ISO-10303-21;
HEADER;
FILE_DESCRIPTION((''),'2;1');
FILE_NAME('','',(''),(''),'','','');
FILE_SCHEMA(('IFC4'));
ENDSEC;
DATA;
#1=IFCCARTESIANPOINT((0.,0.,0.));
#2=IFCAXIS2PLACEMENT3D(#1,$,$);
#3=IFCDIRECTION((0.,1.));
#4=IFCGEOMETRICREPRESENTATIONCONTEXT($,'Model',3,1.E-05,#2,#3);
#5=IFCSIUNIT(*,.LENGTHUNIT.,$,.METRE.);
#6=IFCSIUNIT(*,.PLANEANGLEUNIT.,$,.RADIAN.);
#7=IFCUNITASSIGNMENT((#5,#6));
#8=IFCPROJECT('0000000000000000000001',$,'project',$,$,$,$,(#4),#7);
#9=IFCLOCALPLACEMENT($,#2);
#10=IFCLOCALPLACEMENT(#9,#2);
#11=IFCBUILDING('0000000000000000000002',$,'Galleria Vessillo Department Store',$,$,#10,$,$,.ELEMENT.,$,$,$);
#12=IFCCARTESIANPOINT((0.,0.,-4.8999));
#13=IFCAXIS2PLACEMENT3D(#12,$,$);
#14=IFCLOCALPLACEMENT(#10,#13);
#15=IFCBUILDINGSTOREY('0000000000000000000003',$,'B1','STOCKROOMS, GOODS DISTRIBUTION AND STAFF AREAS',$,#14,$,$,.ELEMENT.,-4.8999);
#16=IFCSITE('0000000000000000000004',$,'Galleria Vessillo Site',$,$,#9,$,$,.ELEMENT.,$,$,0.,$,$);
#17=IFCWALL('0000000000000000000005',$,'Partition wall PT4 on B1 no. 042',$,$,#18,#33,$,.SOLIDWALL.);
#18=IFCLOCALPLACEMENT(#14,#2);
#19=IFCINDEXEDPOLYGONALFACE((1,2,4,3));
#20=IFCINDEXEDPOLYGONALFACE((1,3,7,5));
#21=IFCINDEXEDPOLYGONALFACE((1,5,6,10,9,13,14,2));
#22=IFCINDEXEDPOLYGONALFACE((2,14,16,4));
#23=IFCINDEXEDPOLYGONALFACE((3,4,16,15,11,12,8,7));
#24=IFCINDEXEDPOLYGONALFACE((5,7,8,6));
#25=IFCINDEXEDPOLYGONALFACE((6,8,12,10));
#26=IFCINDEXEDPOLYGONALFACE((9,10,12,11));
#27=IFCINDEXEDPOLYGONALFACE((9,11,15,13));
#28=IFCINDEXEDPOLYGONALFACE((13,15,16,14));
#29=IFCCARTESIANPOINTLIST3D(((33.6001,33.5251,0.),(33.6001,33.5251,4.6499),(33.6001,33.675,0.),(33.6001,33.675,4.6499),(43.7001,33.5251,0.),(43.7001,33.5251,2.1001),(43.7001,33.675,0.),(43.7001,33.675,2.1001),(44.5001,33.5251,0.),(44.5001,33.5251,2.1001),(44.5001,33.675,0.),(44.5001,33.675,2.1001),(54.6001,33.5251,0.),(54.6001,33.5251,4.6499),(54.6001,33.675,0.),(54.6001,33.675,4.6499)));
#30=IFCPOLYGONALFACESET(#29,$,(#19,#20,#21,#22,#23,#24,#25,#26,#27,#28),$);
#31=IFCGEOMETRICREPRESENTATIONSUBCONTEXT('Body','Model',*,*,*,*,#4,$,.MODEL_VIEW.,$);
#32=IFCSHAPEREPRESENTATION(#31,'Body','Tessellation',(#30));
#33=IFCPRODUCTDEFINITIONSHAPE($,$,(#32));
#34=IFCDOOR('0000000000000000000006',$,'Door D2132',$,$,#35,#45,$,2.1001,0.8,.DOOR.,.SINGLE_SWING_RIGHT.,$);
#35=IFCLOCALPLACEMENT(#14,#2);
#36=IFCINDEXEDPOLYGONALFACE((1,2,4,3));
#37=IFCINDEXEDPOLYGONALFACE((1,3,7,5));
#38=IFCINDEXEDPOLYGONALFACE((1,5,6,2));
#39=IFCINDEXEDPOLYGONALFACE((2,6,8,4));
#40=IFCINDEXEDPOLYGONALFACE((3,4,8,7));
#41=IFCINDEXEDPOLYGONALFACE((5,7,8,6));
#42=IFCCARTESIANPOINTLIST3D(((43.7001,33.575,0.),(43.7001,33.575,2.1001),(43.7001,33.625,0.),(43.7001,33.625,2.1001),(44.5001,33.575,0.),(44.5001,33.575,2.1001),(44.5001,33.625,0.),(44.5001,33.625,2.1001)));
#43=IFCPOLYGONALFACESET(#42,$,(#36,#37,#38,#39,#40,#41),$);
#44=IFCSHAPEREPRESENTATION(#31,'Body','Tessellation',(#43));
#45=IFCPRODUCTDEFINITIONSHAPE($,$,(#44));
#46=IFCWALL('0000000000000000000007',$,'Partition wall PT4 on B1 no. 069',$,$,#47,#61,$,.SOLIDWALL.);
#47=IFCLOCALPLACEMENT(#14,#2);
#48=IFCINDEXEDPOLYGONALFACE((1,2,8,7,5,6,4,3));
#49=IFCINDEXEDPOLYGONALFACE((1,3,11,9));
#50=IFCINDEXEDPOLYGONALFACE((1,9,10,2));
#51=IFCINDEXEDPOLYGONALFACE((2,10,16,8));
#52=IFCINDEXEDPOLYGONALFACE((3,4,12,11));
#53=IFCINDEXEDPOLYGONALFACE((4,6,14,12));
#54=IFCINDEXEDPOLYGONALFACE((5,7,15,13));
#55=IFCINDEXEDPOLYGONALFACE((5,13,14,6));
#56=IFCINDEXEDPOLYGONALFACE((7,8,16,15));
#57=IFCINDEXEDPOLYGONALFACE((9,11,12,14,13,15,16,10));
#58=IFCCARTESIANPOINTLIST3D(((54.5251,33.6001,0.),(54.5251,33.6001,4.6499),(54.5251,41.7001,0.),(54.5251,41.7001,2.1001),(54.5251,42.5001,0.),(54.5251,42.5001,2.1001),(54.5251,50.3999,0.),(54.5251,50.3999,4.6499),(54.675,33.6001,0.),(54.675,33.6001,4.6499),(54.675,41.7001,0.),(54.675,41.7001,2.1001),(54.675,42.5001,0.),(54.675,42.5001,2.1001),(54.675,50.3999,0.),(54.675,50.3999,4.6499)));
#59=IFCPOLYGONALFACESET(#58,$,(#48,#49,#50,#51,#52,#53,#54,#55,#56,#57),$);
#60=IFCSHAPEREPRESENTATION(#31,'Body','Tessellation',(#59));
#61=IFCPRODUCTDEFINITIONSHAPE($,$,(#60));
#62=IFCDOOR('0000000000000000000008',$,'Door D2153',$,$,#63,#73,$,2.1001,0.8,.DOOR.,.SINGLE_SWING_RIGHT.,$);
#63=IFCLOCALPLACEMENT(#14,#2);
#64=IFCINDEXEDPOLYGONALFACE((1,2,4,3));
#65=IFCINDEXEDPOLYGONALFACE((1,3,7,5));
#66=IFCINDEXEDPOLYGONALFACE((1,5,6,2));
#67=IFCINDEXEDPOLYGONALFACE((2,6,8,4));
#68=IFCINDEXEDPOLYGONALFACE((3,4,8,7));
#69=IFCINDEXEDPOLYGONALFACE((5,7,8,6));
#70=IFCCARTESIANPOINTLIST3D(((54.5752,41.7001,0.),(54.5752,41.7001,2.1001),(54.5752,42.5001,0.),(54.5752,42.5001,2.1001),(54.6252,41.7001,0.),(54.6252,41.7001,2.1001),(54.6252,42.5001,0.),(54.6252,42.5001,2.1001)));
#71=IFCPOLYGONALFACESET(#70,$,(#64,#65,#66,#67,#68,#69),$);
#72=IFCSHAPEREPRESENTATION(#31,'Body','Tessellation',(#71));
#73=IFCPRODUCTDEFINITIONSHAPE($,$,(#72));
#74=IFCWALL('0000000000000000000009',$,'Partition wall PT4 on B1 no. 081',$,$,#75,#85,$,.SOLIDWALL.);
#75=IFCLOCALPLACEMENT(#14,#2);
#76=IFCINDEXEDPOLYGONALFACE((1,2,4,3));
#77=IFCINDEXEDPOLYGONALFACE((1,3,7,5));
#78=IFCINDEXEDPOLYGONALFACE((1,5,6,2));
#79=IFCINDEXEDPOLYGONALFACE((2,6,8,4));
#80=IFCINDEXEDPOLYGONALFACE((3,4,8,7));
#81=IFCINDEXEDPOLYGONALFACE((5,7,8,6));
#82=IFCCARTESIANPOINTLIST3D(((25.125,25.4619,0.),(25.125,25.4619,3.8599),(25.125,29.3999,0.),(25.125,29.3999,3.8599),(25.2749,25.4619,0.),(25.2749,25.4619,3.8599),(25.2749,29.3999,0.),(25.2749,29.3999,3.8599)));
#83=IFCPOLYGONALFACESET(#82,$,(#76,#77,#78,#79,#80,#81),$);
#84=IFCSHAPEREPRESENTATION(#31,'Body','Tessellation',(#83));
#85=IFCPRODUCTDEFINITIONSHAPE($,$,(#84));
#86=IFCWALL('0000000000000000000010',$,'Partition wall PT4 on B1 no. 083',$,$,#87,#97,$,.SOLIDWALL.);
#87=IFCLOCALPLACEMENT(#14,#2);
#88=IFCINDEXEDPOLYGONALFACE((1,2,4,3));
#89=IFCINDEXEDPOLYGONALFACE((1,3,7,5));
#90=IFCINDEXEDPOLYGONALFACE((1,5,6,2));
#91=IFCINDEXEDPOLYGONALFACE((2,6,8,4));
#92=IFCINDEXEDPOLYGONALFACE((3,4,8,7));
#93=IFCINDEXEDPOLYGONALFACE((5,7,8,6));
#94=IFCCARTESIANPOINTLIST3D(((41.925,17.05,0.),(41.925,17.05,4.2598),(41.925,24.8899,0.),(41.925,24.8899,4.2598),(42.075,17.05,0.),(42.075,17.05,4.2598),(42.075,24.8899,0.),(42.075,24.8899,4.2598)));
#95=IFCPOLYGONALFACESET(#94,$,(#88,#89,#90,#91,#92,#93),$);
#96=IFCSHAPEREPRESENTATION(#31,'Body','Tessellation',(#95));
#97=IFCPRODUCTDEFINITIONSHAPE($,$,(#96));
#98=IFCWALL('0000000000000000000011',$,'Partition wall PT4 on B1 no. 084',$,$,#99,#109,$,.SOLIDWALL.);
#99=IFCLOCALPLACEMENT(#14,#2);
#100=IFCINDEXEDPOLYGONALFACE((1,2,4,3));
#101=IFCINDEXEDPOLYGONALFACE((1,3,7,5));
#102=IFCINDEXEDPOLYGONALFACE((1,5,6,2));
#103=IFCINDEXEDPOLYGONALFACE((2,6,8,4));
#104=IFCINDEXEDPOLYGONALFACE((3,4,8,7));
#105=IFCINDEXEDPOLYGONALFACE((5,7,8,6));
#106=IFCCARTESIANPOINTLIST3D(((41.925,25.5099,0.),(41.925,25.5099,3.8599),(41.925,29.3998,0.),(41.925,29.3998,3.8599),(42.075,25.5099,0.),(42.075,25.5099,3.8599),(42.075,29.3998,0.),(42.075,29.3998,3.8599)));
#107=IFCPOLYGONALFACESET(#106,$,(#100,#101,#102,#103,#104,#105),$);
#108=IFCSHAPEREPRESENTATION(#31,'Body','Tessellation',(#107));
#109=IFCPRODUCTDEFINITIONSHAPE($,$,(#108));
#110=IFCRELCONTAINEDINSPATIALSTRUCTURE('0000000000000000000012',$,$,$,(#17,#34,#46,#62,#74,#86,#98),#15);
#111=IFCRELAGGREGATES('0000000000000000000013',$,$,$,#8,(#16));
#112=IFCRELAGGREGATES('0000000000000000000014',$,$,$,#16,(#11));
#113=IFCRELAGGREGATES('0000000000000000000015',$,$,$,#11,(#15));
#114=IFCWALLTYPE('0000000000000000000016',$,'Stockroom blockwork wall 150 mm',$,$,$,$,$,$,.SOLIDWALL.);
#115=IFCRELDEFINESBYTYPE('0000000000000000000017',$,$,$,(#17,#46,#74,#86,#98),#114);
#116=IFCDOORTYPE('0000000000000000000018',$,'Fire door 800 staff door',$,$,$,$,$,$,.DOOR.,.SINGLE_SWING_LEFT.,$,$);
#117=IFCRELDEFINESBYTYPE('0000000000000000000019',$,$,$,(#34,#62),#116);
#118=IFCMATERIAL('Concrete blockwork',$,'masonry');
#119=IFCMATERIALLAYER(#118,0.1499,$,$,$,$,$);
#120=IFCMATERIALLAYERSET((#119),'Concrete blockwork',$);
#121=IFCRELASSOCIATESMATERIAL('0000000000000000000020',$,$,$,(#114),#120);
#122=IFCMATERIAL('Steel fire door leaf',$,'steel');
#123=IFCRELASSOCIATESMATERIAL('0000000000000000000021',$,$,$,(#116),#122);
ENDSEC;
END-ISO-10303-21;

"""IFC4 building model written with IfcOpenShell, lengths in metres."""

from ifc_helpers import new_model, si_unit, direction, frame, frame_2d, origin, place, context, subcontext, project, spatial, rectangle, extrude, material, layer, layer_set, type_object, element, fill, save


model = new_model("IFC4")

# Units and contexts
model_context = context("Model", 3, precision=1e-05, world=origin(), true_north=direction((0.0, 1.0)))
body_context = subcontext(model_context, "Body", "Model", "MODEL_VIEW")
ifc_project = project(units=[si_unit("LENGTHUNIT", "METRE"), si_unit("PLANEANGLEUNIT", "RADIAN")], contexts=[model_context])

# Site, building, storey
site_placement = place(None, origin())
site = spatial("IfcSite", under=ifc_project, at=site_placement, Name="Galleria Vessillo Site", CompositionType="ELEMENT", RefElevation=0.0)
building_placement = place(site_placement, origin())
building = spatial("IfcBuilding", under=site, at=building_placement, Name="Galleria Vessillo Department Store", CompositionType="ELEMENT")
storey_placement = place(building_placement, frame((0.0, 0.0, -4.8999)))
storey = spatial("IfcBuildingStorey", under=building, at=storey_placement, Name="B1", Description="STOCKROOMS, GOODS DISTRIBUTION AND STAFF AREAS", CompositionType="ELEMENT", Elevation=-4.8999)

# Walls, openings, doors
ifc_material_1 = material(Name="Concrete blockwork", Category="masonry")
ifc_layer_1 = layer(ifc_material_1, 0.1499)
ifc_layer_set_1 = layer_set([ifc_layer_1], Name="Concrete blockwork")
wall_type_1 = type_object("IfcWallType", Name="Stockroom blockwork wall 150 mm", PredefinedType="SOLIDWALL", material=ifc_layer_set_1)
wall_1_placement = place(storey_placement, frame((33.6001, 33.6001, 0.0), z_axis=(0.0, 0.0, 1.0), x_axis=(1.0, 0.0, 0.0)))
wall_1 = element("IfcWall", 1, at=wall_1_placement, inside=storey, type_object=wall_type_1, Name="Partition wall PT4 on B1 no. 042", PredefinedType="SOLIDWALL", context=body_context, shape_type="SweptSolid", body=[
    extrude(rectangle(XDim=21.0, YDim=0.1499, at=frame_2d((10.5, 0.0))), origin(), (0.0, 0.0, 1.0), 4.6499),
])
opening_1_placement = place(wall_1_placement, frame((10.1001, 0.0, 0.0)))
opening_1 = element("IfcOpeningElement", 2, at=opening_1_placement, cuts=wall_1, PredefinedType="OPENING", context=body_context, shape_type="SweptSolid", body=[
    extrude(rectangle(XDim=0.8, YDim=2.1001, at=frame_2d((0.3999, 1.05))), frame((0.0, 0.085, 0.0), z_axis=(0.0, -1.0, 0.0), x_axis=(1.0, 0.0, 0.0)), (0.0, 0.0, 1.0), 0.1699),
])
ifc_material_2 = material(Name="Steel fire door leaf", Category="steel")
door_type_1 = type_object("IfcDoorType", Name="Fire door 800 staff door", OperationType="SINGLE_SWING_LEFT", PredefinedType="DOOR", material=ifc_material_2)
door_1_placement = place(opening_1_placement, origin())
door_1 = element("IfcDoor", 3, at=door_1_placement, inside=storey, type_object=door_type_1, Name="Door D2132", OperationType="SINGLE_SWING_RIGHT", OverallHeight=2.1001, OverallWidth=0.8, PredefinedType="DOOR", context=body_context, shape_type="SweptSolid", body=[
    extrude(rectangle(XDim=0.8, YDim=2.1001, at=frame_2d((0.3999, 1.05))), frame((0.0, 0.0249, 0.0), z_axis=(0.0, -1.0, 0.0), x_axis=(1.0, 0.0, 0.0)), (0.0, 0.0, 1.0), 0.05),
])
fill(opening_1, door_1)
wall_2_placement = place(storey_placement, frame((54.6001, 33.6001, 0.0), z_axis=(0.0, 0.0, 1.0), x_axis=(0.0, 1.0, 0.0)))
wall_2 = element("IfcWall", 4, at=wall_2_placement, inside=storey, type_object=wall_type_1, Name="Partition wall PT4 on B1 no. 069", PredefinedType="SOLIDWALL", context=body_context, shape_type="SweptSolid", body=[
    extrude(rectangle(XDim=16.7998, YDim=0.1499, at=frame_2d((8.3999, 0.0))), origin(), (0.0, 0.0, 1.0), 4.6499),
])
opening_2_placement = place(wall_2_placement, frame((8.1001, 0.0, 0.0)))
opening_2 = element("IfcOpeningElement", 5, at=opening_2_placement, cuts=wall_2, PredefinedType="OPENING", context=body_context, shape_type="SweptSolid", body=[
    extrude(rectangle(XDim=0.8, YDim=2.1001, at=frame_2d((0.3999, 1.05))), frame((0.0, 0.085, 0.0), z_axis=(0.0, -1.0, 0.0), x_axis=(1.0, 0.0, 0.0)), (0.0, 0.0, 1.0), 0.1699),
])
door_2_placement = place(opening_2_placement, origin())
door_2 = element("IfcDoor", 6, at=door_2_placement, inside=storey, type_object=door_type_1, Name="Door D2153", OperationType="SINGLE_SWING_RIGHT", OverallHeight=2.1001, OverallWidth=0.8, PredefinedType="DOOR", context=body_context, shape_type="SweptSolid", body=[
    extrude(rectangle(XDim=0.8, YDim=2.1001, at=frame_2d((0.3999, 1.05))), frame((0.0, 0.0249, 0.0), z_axis=(0.0, -1.0, 0.0), x_axis=(1.0, 0.0, 0.0)), (0.0, 0.0, 1.0), 0.05),
])
fill(opening_2, door_2)

# Walls
wall_3_placement = place(storey_placement, frame((25.2, 25.4619, 0.0), z_axis=(0.0, 0.0, 1.0), x_axis=(0.0, 1.0, 0.0)))
element("IfcWall", 7, at=wall_3_placement, inside=storey, type_object=wall_type_1, Name="Partition wall PT4 on B1 no. 081", PredefinedType="SOLIDWALL", context=body_context, shape_type="SweptSolid", body=[
    extrude(rectangle(XDim=3.938, YDim=0.1499, at=frame_2d((1.969, 0.0))), origin(), (0.0, 0.0, 1.0), 3.8599),
])
wall_4_placement = place(storey_placement, frame((42.0, 17.05, 0.0), z_axis=(0.0, 0.0, 1.0), x_axis=(0.0, 1.0, 0.0)))
element("IfcWall", 8, at=wall_4_placement, inside=storey, type_object=wall_type_1, Name="Partition wall PT4 on B1 no. 083", PredefinedType="SOLIDWALL", context=body_context, shape_type="SweptSolid", body=[
    extrude(rectangle(XDim=7.8398, YDim=0.1499, at=frame_2d((3.9199, 0.0))), origin(), (0.0, 0.0, 1.0), 4.2598),
])
wall_5_placement = place(storey_placement, frame((42.0, 25.51, 0.0), z_axis=(0.0, 0.0, 1.0), x_axis=(0.0, 1.0, 0.0)))
element("IfcWall", 9, at=wall_5_placement, inside=storey, type_object=wall_type_1, Name="Partition wall PT4 on B1 no. 084", PredefinedType="SOLIDWALL", context=body_context, shape_type="SweptSolid", body=[
    extrude(rectangle(XDim=3.8899, YDim=0.1499, at=frame_2d((1.9448, 0.0))), origin(), (0.0, 0.0, 1.0), 3.8599),
])

save(model, "model.ifc")
